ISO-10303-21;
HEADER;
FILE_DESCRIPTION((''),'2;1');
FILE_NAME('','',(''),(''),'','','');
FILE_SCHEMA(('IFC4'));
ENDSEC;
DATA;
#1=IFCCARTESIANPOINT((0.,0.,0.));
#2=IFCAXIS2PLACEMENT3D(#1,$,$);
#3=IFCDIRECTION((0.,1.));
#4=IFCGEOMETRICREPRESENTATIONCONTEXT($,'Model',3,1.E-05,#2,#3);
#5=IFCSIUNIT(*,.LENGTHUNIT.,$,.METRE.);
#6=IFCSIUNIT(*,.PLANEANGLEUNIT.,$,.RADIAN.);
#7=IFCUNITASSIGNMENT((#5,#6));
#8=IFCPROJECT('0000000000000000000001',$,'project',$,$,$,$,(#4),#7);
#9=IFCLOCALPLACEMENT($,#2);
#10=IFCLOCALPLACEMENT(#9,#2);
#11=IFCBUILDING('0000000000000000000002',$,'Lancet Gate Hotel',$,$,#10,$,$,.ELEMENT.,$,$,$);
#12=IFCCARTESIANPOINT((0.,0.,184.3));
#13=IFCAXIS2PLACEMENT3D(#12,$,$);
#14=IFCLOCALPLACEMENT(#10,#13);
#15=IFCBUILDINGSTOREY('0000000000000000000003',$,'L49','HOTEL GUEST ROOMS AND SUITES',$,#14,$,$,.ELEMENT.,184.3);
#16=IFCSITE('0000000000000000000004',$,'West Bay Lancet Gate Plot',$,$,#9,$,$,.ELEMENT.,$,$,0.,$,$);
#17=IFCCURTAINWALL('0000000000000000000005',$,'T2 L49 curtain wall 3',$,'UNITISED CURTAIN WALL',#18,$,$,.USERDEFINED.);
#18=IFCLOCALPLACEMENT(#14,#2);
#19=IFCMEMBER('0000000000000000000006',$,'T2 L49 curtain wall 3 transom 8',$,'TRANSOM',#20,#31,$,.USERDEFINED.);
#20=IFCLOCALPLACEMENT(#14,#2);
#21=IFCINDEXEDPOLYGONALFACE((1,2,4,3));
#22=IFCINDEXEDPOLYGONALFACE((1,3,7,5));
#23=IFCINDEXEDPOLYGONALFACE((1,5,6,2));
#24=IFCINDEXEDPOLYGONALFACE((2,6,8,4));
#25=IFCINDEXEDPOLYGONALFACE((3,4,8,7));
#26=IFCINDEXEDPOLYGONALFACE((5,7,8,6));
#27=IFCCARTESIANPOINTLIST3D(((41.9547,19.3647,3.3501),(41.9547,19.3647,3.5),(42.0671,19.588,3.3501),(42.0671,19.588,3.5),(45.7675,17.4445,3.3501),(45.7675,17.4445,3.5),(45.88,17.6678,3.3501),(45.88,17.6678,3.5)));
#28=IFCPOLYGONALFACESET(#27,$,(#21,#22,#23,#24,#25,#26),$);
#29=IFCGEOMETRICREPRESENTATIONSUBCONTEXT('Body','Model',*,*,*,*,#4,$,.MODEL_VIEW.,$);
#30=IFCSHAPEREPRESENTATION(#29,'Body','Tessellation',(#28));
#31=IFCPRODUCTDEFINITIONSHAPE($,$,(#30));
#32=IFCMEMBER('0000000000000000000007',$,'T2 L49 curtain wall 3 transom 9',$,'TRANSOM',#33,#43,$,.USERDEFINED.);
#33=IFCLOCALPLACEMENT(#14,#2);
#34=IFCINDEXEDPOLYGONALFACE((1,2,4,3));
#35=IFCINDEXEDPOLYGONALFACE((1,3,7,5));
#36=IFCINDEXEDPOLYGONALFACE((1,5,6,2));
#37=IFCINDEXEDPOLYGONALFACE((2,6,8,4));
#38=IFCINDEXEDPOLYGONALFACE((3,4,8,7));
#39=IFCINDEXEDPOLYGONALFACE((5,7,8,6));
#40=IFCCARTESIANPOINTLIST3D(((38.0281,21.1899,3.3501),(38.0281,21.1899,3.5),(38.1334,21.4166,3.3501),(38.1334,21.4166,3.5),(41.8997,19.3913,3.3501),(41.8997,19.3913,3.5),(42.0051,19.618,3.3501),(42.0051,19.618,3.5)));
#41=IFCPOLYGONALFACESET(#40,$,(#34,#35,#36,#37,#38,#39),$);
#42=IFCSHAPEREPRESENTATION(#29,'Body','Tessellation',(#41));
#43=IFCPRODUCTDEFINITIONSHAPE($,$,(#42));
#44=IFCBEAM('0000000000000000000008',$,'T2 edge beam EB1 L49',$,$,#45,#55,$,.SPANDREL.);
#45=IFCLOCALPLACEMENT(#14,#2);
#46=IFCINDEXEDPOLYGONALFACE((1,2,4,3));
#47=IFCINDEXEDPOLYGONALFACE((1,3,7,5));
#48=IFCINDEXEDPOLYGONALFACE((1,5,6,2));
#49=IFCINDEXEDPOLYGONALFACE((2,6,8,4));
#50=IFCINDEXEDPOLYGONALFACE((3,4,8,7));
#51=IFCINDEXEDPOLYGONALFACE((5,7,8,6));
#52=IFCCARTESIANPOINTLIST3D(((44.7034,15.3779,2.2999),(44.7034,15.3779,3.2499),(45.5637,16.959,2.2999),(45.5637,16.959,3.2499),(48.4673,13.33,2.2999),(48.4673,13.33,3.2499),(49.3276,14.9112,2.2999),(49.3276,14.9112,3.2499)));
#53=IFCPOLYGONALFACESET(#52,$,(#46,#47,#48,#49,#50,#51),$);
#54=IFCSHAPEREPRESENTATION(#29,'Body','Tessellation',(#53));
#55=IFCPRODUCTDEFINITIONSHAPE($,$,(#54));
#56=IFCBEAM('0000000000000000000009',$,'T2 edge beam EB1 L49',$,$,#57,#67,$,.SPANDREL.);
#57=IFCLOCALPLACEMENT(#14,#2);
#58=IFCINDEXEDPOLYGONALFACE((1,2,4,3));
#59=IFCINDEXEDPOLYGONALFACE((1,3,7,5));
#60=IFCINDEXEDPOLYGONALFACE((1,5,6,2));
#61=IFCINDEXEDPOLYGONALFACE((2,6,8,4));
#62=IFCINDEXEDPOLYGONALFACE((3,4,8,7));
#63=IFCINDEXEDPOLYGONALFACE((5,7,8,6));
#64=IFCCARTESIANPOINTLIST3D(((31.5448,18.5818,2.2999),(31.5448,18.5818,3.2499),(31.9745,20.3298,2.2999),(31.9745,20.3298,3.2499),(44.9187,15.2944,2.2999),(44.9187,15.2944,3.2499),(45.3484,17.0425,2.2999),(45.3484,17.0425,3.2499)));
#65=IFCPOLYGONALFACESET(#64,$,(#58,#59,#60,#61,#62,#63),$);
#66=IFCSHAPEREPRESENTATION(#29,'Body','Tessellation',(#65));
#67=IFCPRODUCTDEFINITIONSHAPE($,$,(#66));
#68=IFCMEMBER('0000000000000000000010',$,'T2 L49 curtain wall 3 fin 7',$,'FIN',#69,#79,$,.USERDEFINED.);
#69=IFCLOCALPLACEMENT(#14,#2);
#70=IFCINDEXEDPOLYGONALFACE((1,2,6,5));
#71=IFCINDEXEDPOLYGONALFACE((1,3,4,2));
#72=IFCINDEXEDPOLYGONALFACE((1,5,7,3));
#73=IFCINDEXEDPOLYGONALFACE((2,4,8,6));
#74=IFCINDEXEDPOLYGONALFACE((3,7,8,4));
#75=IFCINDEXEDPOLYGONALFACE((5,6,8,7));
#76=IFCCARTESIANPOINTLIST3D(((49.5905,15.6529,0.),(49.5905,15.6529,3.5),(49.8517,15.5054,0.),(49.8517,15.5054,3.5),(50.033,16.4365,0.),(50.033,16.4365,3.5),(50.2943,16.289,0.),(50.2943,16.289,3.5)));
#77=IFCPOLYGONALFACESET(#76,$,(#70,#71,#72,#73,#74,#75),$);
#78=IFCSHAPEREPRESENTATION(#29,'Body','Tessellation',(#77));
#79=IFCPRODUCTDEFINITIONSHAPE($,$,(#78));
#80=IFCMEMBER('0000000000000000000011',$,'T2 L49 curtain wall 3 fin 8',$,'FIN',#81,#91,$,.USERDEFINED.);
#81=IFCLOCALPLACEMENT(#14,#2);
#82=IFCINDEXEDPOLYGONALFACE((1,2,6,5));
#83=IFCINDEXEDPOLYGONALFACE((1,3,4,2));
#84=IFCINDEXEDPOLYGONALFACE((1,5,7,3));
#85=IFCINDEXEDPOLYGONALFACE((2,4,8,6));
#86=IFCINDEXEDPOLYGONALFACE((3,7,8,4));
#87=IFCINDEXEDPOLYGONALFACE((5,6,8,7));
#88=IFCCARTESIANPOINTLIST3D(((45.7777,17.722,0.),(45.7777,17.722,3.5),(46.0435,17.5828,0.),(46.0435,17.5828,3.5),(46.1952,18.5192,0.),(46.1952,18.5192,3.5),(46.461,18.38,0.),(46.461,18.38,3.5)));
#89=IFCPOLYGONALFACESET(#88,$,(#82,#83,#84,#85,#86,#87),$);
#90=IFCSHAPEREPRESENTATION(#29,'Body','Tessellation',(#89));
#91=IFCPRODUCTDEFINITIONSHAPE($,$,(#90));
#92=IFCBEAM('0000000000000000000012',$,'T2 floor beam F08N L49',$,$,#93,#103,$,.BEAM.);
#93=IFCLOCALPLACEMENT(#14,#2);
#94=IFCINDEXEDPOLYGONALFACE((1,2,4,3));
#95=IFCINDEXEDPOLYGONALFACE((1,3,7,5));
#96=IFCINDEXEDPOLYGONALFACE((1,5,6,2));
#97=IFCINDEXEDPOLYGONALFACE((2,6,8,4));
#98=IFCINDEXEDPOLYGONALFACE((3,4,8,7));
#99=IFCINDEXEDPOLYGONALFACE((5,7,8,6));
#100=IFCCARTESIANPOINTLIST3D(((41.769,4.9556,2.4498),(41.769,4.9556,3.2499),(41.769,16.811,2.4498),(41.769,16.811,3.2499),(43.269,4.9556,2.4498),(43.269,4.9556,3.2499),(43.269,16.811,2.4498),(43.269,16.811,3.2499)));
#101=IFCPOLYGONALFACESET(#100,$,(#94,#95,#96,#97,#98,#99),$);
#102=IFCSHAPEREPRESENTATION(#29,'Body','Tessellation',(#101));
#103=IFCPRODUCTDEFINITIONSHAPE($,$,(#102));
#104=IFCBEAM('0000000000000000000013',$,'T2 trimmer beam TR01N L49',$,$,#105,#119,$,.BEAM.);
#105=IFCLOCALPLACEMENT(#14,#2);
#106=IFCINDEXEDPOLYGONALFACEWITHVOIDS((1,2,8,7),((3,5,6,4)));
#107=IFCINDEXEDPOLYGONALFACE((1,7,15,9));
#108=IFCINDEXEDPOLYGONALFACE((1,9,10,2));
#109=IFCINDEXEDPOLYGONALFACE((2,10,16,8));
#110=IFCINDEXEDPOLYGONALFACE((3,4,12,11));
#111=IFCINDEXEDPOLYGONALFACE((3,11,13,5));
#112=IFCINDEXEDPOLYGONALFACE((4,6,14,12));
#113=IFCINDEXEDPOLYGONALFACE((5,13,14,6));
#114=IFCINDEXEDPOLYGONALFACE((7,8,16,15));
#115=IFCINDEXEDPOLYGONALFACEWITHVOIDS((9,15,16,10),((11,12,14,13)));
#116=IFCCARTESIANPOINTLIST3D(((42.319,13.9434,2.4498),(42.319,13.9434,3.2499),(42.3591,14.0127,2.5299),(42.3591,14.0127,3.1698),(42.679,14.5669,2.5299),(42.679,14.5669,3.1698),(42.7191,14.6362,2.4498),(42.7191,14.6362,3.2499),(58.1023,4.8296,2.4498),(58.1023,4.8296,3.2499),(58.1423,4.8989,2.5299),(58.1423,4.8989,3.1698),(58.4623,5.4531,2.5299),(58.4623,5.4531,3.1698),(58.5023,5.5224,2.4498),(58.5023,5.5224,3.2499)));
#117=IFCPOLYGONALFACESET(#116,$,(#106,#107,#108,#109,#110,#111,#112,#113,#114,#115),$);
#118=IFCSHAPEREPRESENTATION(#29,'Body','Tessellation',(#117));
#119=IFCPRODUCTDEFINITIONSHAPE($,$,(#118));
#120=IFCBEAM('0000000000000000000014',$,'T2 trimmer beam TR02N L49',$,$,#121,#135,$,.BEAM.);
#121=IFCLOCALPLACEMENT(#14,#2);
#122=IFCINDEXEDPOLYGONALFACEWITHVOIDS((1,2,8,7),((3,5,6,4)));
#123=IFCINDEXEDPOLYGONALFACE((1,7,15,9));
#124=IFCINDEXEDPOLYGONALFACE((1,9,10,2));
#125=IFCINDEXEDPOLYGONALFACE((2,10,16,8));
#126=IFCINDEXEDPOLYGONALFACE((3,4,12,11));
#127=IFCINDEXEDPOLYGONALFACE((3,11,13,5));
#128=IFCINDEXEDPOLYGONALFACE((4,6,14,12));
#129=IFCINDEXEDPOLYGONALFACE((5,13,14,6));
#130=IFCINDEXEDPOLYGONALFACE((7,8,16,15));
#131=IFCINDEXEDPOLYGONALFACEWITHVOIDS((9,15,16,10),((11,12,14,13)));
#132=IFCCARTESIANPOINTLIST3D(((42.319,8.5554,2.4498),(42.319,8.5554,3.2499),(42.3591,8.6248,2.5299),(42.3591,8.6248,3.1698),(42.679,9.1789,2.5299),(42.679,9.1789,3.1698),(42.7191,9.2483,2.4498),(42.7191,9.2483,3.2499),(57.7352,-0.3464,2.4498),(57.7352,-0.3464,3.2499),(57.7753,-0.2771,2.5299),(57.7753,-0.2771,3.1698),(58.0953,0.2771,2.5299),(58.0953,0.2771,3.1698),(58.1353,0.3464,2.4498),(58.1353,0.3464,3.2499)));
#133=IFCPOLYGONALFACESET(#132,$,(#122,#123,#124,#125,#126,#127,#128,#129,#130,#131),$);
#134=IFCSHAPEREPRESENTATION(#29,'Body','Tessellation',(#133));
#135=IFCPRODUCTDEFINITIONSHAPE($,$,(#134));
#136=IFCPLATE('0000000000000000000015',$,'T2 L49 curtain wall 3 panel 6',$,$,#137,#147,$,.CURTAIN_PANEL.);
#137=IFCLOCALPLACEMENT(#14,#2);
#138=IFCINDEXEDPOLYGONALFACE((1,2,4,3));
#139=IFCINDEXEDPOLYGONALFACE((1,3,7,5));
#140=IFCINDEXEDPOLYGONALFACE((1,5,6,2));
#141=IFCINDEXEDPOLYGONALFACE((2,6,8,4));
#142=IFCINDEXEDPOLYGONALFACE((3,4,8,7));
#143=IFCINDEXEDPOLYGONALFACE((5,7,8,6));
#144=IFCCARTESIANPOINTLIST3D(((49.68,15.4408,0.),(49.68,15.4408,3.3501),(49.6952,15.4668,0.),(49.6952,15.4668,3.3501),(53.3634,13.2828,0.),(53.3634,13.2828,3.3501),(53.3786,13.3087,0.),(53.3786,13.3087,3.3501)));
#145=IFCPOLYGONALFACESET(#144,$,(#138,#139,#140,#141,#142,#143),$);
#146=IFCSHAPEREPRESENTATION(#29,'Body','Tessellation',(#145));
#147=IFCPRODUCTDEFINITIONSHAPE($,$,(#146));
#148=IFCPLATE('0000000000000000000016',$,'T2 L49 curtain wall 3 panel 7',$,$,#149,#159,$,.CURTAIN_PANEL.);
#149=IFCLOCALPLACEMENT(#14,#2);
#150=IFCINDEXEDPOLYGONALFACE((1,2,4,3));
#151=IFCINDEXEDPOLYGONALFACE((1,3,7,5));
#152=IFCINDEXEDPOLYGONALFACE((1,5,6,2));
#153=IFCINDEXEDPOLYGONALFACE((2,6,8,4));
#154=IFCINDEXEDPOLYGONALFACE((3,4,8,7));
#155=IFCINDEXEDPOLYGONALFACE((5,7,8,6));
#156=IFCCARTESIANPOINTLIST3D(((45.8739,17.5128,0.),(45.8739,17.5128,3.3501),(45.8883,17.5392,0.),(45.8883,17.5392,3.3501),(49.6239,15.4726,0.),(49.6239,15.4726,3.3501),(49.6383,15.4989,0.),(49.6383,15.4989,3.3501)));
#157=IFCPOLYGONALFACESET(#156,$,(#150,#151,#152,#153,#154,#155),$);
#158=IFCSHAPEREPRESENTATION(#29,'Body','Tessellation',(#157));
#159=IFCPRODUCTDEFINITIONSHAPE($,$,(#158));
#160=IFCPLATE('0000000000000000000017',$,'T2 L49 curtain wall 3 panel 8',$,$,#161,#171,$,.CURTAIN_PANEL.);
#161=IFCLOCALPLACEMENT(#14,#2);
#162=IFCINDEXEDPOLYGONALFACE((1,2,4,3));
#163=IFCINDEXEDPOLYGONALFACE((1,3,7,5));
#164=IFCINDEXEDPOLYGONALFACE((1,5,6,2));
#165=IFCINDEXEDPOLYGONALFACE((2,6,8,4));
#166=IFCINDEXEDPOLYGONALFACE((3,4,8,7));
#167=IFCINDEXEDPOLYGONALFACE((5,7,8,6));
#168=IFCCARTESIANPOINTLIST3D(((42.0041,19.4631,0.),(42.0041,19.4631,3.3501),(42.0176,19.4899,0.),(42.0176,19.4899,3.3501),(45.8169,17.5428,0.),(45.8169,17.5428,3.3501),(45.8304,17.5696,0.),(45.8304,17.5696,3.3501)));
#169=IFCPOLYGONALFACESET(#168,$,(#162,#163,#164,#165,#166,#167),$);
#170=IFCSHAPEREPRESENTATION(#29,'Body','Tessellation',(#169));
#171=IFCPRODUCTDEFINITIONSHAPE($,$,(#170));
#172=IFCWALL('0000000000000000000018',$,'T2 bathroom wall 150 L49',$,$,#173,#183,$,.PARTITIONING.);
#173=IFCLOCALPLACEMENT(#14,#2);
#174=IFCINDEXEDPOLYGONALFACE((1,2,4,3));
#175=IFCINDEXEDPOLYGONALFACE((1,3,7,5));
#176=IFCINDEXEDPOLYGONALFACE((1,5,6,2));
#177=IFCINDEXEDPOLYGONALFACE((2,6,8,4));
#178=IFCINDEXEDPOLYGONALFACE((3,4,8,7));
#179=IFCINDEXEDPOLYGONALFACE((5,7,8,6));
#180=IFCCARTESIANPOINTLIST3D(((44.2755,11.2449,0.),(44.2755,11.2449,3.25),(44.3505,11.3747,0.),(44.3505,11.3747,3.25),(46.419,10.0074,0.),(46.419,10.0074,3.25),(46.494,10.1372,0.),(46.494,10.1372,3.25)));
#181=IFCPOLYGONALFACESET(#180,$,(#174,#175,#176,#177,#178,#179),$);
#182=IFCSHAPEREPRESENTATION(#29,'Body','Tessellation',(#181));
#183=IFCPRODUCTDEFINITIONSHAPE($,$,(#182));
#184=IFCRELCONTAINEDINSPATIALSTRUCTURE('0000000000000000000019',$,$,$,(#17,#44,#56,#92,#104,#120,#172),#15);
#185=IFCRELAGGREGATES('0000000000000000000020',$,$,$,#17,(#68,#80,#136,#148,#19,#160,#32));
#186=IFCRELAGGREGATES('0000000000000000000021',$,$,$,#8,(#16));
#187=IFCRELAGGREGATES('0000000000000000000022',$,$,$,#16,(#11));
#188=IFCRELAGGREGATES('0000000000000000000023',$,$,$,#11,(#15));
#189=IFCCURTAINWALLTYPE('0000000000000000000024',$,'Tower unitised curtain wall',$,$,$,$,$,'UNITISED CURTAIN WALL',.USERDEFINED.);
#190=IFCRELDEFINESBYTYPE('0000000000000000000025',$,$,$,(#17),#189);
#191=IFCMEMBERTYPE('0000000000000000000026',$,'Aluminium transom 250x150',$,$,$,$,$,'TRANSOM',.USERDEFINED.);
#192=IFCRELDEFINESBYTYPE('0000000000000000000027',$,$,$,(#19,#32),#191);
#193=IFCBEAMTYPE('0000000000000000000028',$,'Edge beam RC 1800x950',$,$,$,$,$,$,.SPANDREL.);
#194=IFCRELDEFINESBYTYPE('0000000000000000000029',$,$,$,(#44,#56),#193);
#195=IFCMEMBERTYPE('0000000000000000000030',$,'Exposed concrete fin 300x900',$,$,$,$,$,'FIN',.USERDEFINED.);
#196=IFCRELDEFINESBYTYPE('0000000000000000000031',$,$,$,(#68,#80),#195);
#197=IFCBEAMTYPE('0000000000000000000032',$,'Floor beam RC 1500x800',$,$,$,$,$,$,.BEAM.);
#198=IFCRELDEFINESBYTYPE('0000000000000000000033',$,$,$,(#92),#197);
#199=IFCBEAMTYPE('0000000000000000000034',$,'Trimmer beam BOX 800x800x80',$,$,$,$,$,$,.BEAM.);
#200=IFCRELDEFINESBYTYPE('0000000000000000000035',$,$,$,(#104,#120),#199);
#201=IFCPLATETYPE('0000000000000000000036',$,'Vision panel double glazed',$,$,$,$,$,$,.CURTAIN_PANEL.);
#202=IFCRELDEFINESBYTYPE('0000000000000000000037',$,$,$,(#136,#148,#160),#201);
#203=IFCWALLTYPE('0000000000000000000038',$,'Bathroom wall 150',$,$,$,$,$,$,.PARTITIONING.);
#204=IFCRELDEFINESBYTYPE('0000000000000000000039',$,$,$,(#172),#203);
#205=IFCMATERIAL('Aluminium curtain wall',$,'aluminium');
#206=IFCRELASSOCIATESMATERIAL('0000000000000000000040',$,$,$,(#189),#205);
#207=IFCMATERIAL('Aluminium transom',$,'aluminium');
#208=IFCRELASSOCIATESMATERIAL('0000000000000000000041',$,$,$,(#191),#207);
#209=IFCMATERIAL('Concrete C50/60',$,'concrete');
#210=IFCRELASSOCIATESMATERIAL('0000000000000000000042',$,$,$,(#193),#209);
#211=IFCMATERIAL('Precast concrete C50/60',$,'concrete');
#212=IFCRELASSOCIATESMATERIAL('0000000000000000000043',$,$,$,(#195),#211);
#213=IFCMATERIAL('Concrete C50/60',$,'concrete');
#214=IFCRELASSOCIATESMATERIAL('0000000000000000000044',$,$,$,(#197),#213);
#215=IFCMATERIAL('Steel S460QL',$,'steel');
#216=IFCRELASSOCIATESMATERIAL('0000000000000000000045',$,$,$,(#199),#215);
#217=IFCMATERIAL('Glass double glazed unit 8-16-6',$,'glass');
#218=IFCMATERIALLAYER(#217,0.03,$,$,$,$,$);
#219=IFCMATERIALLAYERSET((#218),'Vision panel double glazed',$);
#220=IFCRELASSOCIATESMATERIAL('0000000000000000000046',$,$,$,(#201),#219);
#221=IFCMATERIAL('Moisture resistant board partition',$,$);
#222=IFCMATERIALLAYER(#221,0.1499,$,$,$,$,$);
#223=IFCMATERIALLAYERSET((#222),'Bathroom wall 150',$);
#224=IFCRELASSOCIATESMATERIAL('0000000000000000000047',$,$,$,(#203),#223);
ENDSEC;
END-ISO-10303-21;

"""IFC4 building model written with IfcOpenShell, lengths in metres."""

from ifc_helpers import new_model, si_unit, direction, frame, frame_2d, origin, origin_2d, place, context, subcontext, project, spatial, rectangle, hollow_rectangle, extrude, material, layer, layer_set, material_profile, profile_set, type_object, element, aggregate, save


model = new_model("IFC4")

# Units and contexts
model_context = context("Model", 3, precision=1e-05, world=origin(), true_north=direction((0.0, 1.0)))
body_context = subcontext(model_context, "Body", "Model", "MODEL_VIEW")
ifc_project = project(units=[si_unit("LENGTHUNIT", "METRE"), si_unit("PLANEANGLEUNIT", "RADIAN")], contexts=[model_context])

# Site, building, storey
site_placement = place(None, origin())
site = spatial("IfcSite", under=ifc_project, at=site_placement, Name="West Bay Lancet Gate Plot", CompositionType="ELEMENT", RefElevation=0.0)
building_placement = place(site_placement, origin())
building = spatial("IfcBuilding", under=site, at=building_placement, Name="Lancet Gate Hotel", CompositionType="ELEMENT")
storey_placement = place(building_placement, frame((0.0, 0.0, 184.3)))
storey = spatial("IfcBuildingStorey", under=building, at=storey_placement, Name="L49", Description="HOTEL GUEST ROOMS AND SUITES", CompositionType="ELEMENT", Elevation=184.3)

# Curtain wall, members
ifc_material_1 = material(Name="Aluminium curtain wall", Category="aluminium")
curtain_wall_type = type_object("IfcCurtainWallType", Name="Tower unitised curtain wall", ElementType="UNITISED CURTAIN WALL", PredefinedType="USERDEFINED", material=ifc_material_1)
curtain_wall_placement = place(storey_placement, origin())
curtain_wall = element("IfcCurtainWall", 1, at=curtain_wall_placement, inside=storey, type_object=curtain_wall_type, Name="T2 L49 curtain wall 3", ObjectType="UNITISED CURTAIN WALL", PredefinedType="USERDEFINED")
ifc_material_2 = material(Name="Aluminium transom", Category="aluminium")
ifc_material_profile_1 = material_profile(ifc_material_2, rectangle(XDim=0.25, YDim=0.1499, at=origin_2d()), Name="TRANSOM 250x150")
ifc_profile_set_1 = profile_set([ifc_material_profile_1], Name="Aluminium transom")
member_type_1 = type_object("IfcMemberType", Name="Aluminium transom 250x150", ElementType="TRANSOM", PredefinedType="USERDEFINED", material=ifc_profile_set_1)
member_1_placement = place(storey_placement, frame((45.8237, 17.5562, 3.425), z_axis=(-0.893131, 0.449797, 0.0), x_axis=(-0.449797, -0.893131, 0.0)))
member_1 = element("IfcMember", 2, at=member_1_placement, type_object=member_type_1, Name="T2 L49 curtain wall 3 transom 8", ObjectType="TRANSOM", PredefinedType="USERDEFINED", context=body_context, shape_type="SweptSolid", body=[
    extrude(rectangle(XDim=0.25, YDim=0.1499, at=origin_2d()), origin(), (0.0, 0.0, 1.0), 4.269),
])
member_2_placement = place(storey_placement, frame((41.9524, 19.5046, 3.425), z_axis=(-0.906914, 0.421316, 0.0), x_axis=(-0.421316, -0.906914, 0.0)))
member_2 = element("IfcMember", 3, at=member_2_placement, type_object=member_type_1, Name="T2 L49 curtain wall 3 transom 9", ObjectType="TRANSOM", PredefinedType="USERDEFINED", context=body_context, shape_type="SweptSolid", body=[
    extrude(rectangle(XDim=0.25, YDim=0.1499, at=origin_2d()), origin(), (0.0, 0.0, 1.0), 4.269),
])

# Beams
ifc_material_3 = material(Name="Concrete C50/60", Category="concrete")
ifc_material_profile_2 = material_profile(ifc_material_3, rectangle(XDim=1.8, YDim=0.95, at=origin_2d()), Name="RC 1800x950")
ifc_profile_set_2 = profile_set([ifc_material_profile_2], Name="Concrete C50/60")
beam_type_1 = type_object("IfcBeamType", Name="Edge beam RC 1800x950", PredefinedType="SPANDREL", material=ifc_profile_set_2)
beam_1_placement = place(storey_placement, frame((48.8975, 14.1206, 2.7749), z_axis=(-0.878405, 0.477918, 0.0), x_axis=(-0.477918, -0.878405, 0.0)))
element("IfcBeam", 4, at=beam_1_placement, inside=storey, type_object=beam_type_1, Name="T2 edge beam EB1 L49", PredefinedType="SPANDREL", context=body_context, shape_type="SweptSolid", body=[
    extrude(rectangle(XDim=1.8, YDim=0.95, at=origin_2d()), origin(), (0.0, 0.0, 1.0), 4.2849),
])
beam_2_placement = place(storey_placement, frame((45.1335, 16.1685, 2.7749), z_axis=(-0.971093, 0.2387, 0.0), x_axis=(-0.2387, -0.971093, 0.0)))
element("IfcBeam", 5, at=beam_2_placement, inside=storey, type_object=beam_type_1, Name="T2 edge beam EB1 L49", PredefinedType="SPANDREL", context=body_context, shape_type="SweptSolid", body=[
    extrude(rectangle(XDim=1.8, YDim=0.95, at=origin_2d()), origin(), (0.0, 0.0, 1.0), 13.772),
])

# Members
ifc_material_4 = material(Name="Precast concrete C50/60", Category="concrete")
ifc_material_profile_3 = material_profile(ifc_material_4, rectangle(XDim=0.3, YDim=0.8999, at=origin_2d()), Name="FIN 300x900")
ifc_profile_set_3 = profile_set([ifc_material_profile_3], Name="Precast concrete C50/60")
member_type_2 = type_object("IfcMemberType", Name="Exposed concrete fin 300x900", ElementType="FIN", PredefinedType="USERDEFINED", material=ifc_profile_set_3)
member_3_placement = place(storey_placement, frame((49.9424, 15.9709, 0.0), z_axis=(0.0, 0.0, 1.0), x_axis=(-0.870722, 0.491776, 0.0)))
member_3 = element("IfcMember", 6, at=member_3_placement, type_object=member_type_2, Name="T2 L49 curtain wall 3 fin 7", ObjectType="FIN", PredefinedType="USERDEFINED", context=body_context, shape_type="SweptSolid", body=[
    extrude(rectangle(XDim=0.3, YDim=0.8999, at=origin_2d()), origin(), (0.0, 0.0, 1.0), 3.5),
])
member_4_placement = place(storey_placement, frame((46.1194, 18.051, 0.0), z_axis=(0.0, 0.0, 1.0), x_axis=(-0.885877, 0.46392, 0.0)))
member_4 = element("IfcMember", 7, at=member_4_placement, type_object=member_type_2, Name="T2 L49 curtain wall 3 fin 8", ObjectType="FIN", PredefinedType="USERDEFINED", context=body_context, shape_type="SweptSolid", body=[
    extrude(rectangle(XDim=0.3, YDim=0.8999, at=origin_2d()), origin(), (0.0, 0.0, 1.0), 3.5),
])

# Beams
ifc_material_5 = material(Name="Concrete C50/60", Category="concrete")
ifc_material_profile_4 = material_profile(ifc_material_5, rectangle(XDim=1.5, YDim=0.8, at=origin_2d()), Name="RC 1500x800")
ifc_profile_set_4 = profile_set([ifc_material_profile_4], Name="Concrete C50/60")
beam_type_2 = type_object("IfcBeamType", Name="Floor beam RC 1500x800", PredefinedType="BEAM", material=ifc_profile_set_4)
beam_3_placement = place(storey_placement, frame((42.519, 4.9556, 2.8499), z_axis=(0.0, 1.0, 0.0), x_axis=(-1.0, 0.0, 0.0)))
element("IfcBeam", 8, at=beam_3_placement, inside=storey, type_object=beam_type_2, Name="T2 floor beam F08N L49", PredefinedType="BEAM", context=body_context, shape_type="SweptSolid", body=[
    extrude(rectangle(XDim=1.5, YDim=0.8, at=origin_2d()), origin(), (0.0, 0.0, 1.0), 11.8555),
])
ifc_material_6 = material(Name="Steel S460QL", Category="steel")
ifc_material_profile_5 = material_profile(ifc_material_6, hollow_rectangle(XDim=0.8, YDim=0.8, WallThickness=0.0801, at=origin_2d()), Name="BOX 800x800x80")
ifc_profile_set_5 = profile_set([ifc_material_profile_5], Name="Steel S460QL")
beam_type_3 = type_object("IfcBeamType", Name="Trimmer beam BOX 800x800x80", PredefinedType="BEAM", material=ifc_profile_set_5)
beam_4_placement = place(storey_placement, frame((42.519, 14.2898, 2.8499), z_axis=(0.865994, -0.500055, 0.0), x_axis=(0.500055, 0.865994, 0.0)))
element("IfcBeam", 9, at=beam_4_placement, inside=storey, type_object=beam_type_3, Name="T2 trimmer beam TR01N L49", PredefinedType="BEAM", context=body_context, shape_type="SweptSolid", body=[
    extrude(hollow_rectangle(XDim=0.8, YDim=0.8, WallThickness=0.0801, at=origin_2d()), origin(), (0.0, 0.0, 1.0), 18.2256),
])
beam_5_placement = place(storey_placement, frame((42.519, 8.9019, 2.8499), z_axis=(0.865994, -0.500054, 0.0), x_axis=(0.500054, 0.865994, 0.0)))
element("IfcBeam", 10, at=beam_5_placement, inside=storey, type_object=beam_type_3, Name="T2 trimmer beam TR02N L49", PredefinedType="BEAM", context=body_context, shape_type="SweptSolid", body=[
    extrude(hollow_rectangle(XDim=0.8, YDim=0.8, WallThickness=0.0801, at=origin_2d()), origin(), (0.0, 0.0, 1.0), 17.8018),
])

# Plates
ifc_material_7 = material(Name="Glass double glazed unit 8-16-6", Category="glass")
ifc_layer_1 = layer(ifc_material_7, 0.03)
ifc_layer_set_1 = layer_set([ifc_layer_1], Name="Vision panel double glazed")
plate_type = type_object("IfcPlateType", Name="Vision panel double glazed", PredefinedType="CURTAIN_PANEL", material=ifc_layer_set_1)
plate_1_placement = place(storey_placement, frame((51.5293, 14.3748, 0.0), z_axis=(0.0, 0.0, 1.0), x_axis=(-0.862815, 0.50552, 0.0)))
plate_1 = element("IfcPlate", 11, at=plate_1_placement, type_object=plate_type, Name="T2 L49 curtain wall 3 panel 6", PredefinedType="CURTAIN_PANEL", context=body_context, shape_type="SweptSolid", body=[
    extrude(rectangle(XDim=4.269, YDim=0.03, at=origin_2d()), origin(), (0.0, 0.0, 1.0), 3.3501),
])
plate_2_placement = place(storey_placement, frame((47.7561, 16.5059, 0.0), z_axis=(0.0, 0.0, 1.0), x_axis=(-0.87841, 0.477908, 0.0)))
plate_2 = element("IfcPlate", 12, at=plate_2_placement, type_object=plate_type, Name="T2 L49 curtain wall 3 panel 7", PredefinedType="CURTAIN_PANEL", context=body_context, shape_type="SweptSolid", body=[
    extrude(rectangle(XDim=4.269, YDim=0.03, at=origin_2d()), origin(), (0.0, 0.0, 1.0), 3.3501),
])
plate_3_placement = place(storey_placement, frame((43.9172, 18.5164, 0.0), z_axis=(0.0, 0.0, 1.0), x_axis=(-0.893121, 0.449816, 0.0)))
plate_3 = element("IfcPlate", 13, at=plate_3_placement, type_object=plate_type, Name="T2 L49 curtain wall 3 panel 8", PredefinedType="CURTAIN_PANEL", context=body_context, shape_type="SweptSolid", body=[
    extrude(rectangle(XDim=4.269, YDim=0.03, at=origin_2d()), origin(), (0.0, 0.0, 1.0), 3.3501),
])
aggregate(curtain_wall, [member_3, member_4, plate_1, plate_2, member_1, plate_3, member_2])

# Wall
ifc_material_8 = material(Name="Moisture resistant board partition")
ifc_layer_2 = layer(ifc_material_8, 0.1499)
ifc_layer_set_2 = layer_set([ifc_layer_2], Name="Bathroom wall 150")
wall_type_1 = type_object("IfcWallType", Name="Bathroom wall 150", PredefinedType="PARTITIONING", material=ifc_layer_set_2)
wall_1_placement = place(storey_placement, frame((44.313, 11.3098, 0.0), z_axis=(0.0, 0.0, 1.0), x_axis=(0.866031, -0.49999, 0.0)))
element("IfcWall", 14, at=wall_1_placement, inside=storey, type_object=wall_type_1, Name="T2 bathroom wall 150 L49", PredefinedType="PARTITIONING", context=body_context, shape_type="SweptSolid", body=[
    extrude(rectangle(XDim=2.4751, YDim=0.1499, at=frame_2d((1.2375, 0.0))), origin(), (0.0, 0.0, 1.0), 3.25),
])

save(model, "model.ifc")
